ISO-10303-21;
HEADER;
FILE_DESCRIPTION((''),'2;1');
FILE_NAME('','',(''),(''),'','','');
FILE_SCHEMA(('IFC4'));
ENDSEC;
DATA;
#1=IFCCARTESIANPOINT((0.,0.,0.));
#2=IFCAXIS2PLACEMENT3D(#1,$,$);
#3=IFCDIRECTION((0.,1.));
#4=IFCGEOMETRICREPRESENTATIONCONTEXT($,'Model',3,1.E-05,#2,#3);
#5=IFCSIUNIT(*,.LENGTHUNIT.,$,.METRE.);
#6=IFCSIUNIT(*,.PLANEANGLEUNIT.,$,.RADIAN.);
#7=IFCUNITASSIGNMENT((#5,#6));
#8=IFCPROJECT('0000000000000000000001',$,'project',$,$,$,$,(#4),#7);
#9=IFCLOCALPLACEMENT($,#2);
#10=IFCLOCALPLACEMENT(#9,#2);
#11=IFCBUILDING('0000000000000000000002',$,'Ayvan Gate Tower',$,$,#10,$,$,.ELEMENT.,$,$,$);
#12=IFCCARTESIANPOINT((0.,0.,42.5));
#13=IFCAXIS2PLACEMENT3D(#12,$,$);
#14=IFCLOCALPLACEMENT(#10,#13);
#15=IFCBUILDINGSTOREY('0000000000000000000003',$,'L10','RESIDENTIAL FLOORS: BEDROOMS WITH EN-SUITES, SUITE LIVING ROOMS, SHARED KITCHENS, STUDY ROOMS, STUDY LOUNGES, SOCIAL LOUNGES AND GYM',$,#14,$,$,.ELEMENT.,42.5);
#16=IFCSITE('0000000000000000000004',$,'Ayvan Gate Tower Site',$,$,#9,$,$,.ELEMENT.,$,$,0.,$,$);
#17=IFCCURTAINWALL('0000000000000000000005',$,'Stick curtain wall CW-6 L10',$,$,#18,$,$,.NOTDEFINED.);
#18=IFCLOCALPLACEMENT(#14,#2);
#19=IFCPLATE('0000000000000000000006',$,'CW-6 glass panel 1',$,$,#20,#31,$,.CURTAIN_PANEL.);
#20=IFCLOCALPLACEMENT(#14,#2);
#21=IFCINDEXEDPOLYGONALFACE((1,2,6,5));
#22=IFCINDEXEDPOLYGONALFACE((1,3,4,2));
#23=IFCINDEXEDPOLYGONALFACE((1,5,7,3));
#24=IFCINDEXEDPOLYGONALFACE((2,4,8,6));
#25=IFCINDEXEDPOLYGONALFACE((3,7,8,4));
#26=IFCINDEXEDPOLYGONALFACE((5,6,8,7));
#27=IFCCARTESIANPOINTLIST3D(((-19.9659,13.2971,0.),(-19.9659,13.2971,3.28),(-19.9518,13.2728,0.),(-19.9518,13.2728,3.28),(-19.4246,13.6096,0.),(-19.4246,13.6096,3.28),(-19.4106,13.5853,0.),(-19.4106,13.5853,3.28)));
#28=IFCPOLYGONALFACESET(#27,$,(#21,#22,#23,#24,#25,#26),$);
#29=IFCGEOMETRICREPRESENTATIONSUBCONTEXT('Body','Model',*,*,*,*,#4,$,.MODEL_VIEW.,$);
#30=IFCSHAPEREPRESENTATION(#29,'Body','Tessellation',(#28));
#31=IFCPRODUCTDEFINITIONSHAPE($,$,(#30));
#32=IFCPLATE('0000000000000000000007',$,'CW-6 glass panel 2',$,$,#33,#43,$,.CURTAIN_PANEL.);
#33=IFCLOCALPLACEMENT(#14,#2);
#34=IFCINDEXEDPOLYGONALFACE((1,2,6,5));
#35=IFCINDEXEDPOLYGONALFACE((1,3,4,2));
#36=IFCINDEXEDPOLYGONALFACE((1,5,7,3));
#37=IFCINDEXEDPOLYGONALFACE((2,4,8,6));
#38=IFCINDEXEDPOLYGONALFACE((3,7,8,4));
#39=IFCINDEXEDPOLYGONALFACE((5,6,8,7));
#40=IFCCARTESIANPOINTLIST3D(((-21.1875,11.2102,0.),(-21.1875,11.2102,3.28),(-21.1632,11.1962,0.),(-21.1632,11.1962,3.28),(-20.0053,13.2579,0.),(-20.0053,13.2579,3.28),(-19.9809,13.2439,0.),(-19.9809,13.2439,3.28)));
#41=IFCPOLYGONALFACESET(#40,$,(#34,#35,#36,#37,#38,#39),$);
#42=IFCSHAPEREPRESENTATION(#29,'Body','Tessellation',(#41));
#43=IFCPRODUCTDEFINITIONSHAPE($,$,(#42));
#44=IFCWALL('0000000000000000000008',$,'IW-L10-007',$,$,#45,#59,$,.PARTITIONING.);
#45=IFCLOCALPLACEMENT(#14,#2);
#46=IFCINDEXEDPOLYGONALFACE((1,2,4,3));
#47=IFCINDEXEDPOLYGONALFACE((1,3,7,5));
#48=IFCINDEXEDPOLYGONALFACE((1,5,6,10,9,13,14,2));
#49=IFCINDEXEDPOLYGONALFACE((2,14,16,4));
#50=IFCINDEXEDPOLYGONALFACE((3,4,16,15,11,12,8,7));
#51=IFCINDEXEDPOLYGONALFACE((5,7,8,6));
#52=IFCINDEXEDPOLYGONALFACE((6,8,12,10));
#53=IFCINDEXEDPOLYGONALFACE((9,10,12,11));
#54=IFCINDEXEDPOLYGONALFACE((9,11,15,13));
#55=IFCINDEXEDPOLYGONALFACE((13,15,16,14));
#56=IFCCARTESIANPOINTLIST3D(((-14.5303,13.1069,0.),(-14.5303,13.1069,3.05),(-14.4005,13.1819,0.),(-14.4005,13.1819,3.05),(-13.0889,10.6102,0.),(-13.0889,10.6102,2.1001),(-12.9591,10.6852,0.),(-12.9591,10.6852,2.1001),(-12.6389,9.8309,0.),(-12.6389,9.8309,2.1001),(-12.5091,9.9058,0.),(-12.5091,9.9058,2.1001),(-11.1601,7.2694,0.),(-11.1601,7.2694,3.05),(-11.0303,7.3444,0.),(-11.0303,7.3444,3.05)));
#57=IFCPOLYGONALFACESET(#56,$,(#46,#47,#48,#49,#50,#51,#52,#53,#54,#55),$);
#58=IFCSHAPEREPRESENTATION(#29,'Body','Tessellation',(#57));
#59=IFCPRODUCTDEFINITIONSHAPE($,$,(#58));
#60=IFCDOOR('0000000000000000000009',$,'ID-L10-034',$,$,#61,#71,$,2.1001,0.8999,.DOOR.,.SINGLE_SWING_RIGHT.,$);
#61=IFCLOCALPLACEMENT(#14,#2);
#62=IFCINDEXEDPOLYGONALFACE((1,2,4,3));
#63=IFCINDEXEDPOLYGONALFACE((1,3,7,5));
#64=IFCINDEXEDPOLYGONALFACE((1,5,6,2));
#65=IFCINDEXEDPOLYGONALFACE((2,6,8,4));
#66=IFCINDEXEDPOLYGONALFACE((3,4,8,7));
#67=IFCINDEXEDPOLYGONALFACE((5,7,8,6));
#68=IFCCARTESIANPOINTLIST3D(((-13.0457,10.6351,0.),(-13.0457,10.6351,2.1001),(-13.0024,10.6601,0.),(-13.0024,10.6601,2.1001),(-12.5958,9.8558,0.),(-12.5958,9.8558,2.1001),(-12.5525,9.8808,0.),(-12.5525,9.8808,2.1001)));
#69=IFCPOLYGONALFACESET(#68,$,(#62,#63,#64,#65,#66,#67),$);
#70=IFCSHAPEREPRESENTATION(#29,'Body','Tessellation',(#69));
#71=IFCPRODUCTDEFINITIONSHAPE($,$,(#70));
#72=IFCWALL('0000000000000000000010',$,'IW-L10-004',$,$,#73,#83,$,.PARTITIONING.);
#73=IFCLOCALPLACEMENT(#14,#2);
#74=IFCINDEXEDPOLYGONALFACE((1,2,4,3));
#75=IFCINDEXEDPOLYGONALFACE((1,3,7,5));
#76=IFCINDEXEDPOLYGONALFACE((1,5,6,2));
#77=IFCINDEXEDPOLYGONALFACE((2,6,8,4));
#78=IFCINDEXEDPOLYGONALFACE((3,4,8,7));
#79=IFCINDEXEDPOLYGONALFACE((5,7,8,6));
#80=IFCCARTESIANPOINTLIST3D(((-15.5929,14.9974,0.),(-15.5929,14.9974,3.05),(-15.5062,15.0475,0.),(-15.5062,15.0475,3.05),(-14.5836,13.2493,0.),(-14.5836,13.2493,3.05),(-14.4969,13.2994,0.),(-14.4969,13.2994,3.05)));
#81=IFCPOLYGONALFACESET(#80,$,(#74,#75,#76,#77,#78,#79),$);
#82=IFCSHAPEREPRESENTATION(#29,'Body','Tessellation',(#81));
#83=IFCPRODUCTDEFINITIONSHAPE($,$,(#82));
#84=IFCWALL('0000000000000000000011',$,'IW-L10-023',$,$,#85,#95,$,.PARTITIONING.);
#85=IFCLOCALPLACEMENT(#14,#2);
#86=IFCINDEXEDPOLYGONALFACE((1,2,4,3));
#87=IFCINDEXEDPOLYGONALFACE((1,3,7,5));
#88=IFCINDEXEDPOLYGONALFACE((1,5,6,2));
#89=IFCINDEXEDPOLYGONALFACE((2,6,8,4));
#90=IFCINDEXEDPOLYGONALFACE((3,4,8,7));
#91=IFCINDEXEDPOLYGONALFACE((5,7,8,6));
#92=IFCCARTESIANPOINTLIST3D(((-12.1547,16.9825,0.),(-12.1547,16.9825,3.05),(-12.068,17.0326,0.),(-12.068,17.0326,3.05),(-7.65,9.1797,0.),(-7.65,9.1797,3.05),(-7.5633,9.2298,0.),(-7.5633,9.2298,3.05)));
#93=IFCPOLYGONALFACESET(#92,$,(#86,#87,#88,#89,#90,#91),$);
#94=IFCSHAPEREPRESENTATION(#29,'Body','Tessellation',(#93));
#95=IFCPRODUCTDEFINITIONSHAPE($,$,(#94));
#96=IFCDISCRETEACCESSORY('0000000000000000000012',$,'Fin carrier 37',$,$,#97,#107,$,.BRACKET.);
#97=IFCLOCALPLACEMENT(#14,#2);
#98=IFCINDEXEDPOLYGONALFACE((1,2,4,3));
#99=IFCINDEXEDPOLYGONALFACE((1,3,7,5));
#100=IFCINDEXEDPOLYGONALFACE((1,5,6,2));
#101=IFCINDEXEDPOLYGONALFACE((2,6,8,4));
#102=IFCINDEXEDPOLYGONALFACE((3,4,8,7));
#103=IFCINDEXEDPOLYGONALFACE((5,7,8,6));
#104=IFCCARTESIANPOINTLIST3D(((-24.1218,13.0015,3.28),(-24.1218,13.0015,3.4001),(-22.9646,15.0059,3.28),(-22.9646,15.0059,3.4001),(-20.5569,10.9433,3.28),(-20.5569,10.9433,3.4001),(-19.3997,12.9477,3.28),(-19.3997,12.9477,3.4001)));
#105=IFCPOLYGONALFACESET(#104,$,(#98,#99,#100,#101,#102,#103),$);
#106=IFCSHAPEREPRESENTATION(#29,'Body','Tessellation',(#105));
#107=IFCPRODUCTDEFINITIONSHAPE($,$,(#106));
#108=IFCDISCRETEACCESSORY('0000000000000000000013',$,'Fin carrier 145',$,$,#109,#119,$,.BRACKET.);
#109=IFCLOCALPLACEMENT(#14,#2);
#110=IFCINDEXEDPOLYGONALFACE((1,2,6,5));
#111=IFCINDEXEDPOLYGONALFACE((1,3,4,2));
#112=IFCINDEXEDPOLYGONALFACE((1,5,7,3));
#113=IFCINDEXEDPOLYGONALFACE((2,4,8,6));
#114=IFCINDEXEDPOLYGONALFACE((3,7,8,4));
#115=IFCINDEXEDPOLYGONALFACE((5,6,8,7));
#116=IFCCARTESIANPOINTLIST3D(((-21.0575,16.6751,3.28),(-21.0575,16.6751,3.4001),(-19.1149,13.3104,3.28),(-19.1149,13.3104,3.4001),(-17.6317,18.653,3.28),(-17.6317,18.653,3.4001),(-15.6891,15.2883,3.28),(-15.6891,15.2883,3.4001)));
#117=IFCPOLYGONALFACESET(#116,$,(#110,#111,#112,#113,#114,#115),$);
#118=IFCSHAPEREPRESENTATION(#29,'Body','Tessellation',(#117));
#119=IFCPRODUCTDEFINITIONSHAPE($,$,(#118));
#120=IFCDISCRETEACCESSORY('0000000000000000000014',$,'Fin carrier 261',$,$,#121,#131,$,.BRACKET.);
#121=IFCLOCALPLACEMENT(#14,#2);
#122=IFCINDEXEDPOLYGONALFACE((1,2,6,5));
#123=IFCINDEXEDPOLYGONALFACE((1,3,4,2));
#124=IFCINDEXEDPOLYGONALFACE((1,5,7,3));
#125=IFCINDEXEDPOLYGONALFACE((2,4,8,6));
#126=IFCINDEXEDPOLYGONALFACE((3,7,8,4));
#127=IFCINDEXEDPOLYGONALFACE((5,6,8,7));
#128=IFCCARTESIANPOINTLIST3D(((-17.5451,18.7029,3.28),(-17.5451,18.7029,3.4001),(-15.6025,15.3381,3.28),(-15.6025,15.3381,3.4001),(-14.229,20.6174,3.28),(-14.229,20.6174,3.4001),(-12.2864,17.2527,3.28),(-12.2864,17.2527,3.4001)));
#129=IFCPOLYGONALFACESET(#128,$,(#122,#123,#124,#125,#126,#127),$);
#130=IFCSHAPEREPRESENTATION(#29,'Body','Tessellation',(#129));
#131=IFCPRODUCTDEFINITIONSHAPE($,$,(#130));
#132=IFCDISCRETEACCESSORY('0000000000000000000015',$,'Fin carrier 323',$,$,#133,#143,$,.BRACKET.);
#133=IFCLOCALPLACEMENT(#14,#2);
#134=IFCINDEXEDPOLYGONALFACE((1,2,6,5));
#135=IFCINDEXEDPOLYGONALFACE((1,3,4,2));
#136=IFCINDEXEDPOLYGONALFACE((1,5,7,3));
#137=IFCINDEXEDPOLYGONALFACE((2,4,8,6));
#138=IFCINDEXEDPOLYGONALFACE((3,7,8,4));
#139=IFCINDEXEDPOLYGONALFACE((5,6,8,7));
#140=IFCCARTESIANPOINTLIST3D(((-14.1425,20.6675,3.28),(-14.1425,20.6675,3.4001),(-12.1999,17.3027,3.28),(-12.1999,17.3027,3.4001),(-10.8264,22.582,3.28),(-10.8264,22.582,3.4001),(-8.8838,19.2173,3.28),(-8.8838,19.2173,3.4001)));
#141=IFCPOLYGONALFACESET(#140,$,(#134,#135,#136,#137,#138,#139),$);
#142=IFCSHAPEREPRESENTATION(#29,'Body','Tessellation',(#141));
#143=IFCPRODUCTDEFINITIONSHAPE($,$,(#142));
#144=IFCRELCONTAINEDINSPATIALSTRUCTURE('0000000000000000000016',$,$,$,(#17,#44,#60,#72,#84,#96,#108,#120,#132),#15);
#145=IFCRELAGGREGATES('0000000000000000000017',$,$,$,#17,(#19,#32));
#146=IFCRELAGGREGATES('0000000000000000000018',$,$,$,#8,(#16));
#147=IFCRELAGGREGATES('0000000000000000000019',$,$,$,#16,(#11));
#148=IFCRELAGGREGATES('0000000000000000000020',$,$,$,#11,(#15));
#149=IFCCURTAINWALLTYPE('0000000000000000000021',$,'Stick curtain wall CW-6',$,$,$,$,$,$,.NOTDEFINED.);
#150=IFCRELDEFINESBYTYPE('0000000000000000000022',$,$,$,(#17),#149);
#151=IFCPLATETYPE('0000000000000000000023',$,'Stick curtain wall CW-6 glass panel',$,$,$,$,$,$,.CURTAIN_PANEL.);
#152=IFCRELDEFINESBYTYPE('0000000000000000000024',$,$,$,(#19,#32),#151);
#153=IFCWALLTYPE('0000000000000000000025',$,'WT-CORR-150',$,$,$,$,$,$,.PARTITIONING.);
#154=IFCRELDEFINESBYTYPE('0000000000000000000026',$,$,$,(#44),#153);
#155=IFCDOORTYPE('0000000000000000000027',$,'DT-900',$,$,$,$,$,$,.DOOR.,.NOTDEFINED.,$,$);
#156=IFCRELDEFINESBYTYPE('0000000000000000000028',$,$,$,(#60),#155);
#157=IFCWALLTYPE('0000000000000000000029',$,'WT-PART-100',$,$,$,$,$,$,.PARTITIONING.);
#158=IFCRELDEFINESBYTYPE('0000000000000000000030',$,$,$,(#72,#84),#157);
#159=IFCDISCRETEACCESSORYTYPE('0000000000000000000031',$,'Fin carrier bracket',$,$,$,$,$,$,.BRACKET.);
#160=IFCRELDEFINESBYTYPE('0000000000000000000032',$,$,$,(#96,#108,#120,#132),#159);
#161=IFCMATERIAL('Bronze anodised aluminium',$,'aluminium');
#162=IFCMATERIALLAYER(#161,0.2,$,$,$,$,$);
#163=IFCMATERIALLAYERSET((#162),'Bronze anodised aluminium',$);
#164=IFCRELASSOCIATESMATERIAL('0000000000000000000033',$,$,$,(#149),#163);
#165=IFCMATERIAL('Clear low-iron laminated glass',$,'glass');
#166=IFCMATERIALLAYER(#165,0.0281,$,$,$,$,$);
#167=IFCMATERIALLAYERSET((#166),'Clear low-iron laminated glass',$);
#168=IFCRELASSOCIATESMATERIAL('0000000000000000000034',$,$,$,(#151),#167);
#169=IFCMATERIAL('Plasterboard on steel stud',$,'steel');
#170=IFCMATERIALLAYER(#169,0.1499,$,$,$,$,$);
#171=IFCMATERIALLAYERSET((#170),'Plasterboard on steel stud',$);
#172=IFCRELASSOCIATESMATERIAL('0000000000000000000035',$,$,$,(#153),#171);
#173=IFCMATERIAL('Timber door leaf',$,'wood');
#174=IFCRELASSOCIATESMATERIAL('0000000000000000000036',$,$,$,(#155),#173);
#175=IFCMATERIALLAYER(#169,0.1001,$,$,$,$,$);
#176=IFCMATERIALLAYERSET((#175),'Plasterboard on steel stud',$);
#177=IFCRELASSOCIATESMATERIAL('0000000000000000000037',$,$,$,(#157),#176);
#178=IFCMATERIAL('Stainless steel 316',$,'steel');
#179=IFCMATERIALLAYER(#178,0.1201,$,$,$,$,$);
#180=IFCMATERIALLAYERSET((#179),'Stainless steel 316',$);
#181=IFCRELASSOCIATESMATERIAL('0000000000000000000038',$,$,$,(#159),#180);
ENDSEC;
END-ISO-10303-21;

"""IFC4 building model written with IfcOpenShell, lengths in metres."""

from ifc_helpers import new_model, si_unit, direction, frame, frame_2d, origin, origin_2d, place, context, subcontext, project, spatial, rectangle, extrude, material, layer, layer_set, type_object, element, fill, aggregate, save


model = new_model("IFC4")

# Units and contexts
model_context = context("Model", 3, precision=1e-05, world=origin(), true_north=direction((0.0, 1.0)))
body_context = subcontext(model_context, "Body", "Model", "MODEL_VIEW")
ifc_project = project(units=[si_unit("LENGTHUNIT", "METRE"), si_unit("PLANEANGLEUNIT", "RADIAN")], contexts=[model_context])

# Site, building, storey
site_placement = place(None, origin())
site = spatial("IfcSite", under=ifc_project, at=site_placement, Name="Ayvan Gate Tower Site", CompositionType="ELEMENT", RefElevation=0.0)
building_placement = place(site_placement, origin())
building = spatial("IfcBuilding", under=site, at=building_placement, Name="Ayvan Gate Tower", CompositionType="ELEMENT")
storey_placement = place(building_placement, frame((0.0, 0.0, 42.5)))
storey = spatial("IfcBuildingStorey", under=building, at=storey_placement, Name="L10", Description="RESIDENTIAL FLOORS: BEDROOMS WITH EN-SUITES, SUITE LIVING ROOMS, SHARED KITCHENS, STUDY ROOMS, STUDY LOUNGES, SOCIAL LOUNGES AND GYM", CompositionType="ELEMENT", Elevation=42.5)

# Curtain wall
ifc_material_1 = material(Name="Bronze anodised aluminium", Category="aluminium")
ifc_layer_1 = layer(ifc_material_1, 0.2)
ifc_layer_set_1 = layer_set([ifc_layer_1], Name="Bronze anodised aluminium")
curtain_wall_type_1 = type_object("IfcCurtainWallType", Name="Stick curtain wall CW-6", PredefinedType="NOTDEFINED", material=ifc_layer_set_1)
curtain_wall_1_placement = place(storey_placement, origin())
curtain_wall_1 = element("IfcCurtainWall", 1, at=curtain_wall_1_placement, inside=storey, type_object=curtain_wall_type_1, Name="Stick curtain wall CW-6 L10", PredefinedType="NOTDEFINED")

# Plates
ifc_material_2 = material(Name="Clear low-iron laminated glass", Category="glass")
ifc_layer_2 = layer(ifc_material_2, 0.0281)
ifc_layer_set_2 = layer_set([ifc_layer_2], Name="Clear low-iron laminated glass")
plate_type_1 = type_object("IfcPlateType", Name="Stick curtain wall CW-6 glass panel", PredefinedType="CURTAIN_PANEL", material=ifc_layer_set_2)
plate_1_placement = place(storey_placement, frame((-19.6882, 13.4412, 0.0), z_axis=(0.0, 0.0, 1.0), x_axis=(-0.866025, -0.5, 0.0)))
plate_1 = element("IfcPlate", 2, at=plate_1_placement, type_object=plate_type_1, Name="CW-6 glass panel 1", PredefinedType="CURTAIN_PANEL", context=body_context, shape_type="SweptSolid", body=[
    extrude(rectangle(XDim=0.625, YDim=0.0281, at=origin_2d()), origin(), (0.0, 0.0, 1.0), 3.28),
])
plate_2_placement = place(storey_placement, frame((-20.5842, 12.2271, 0.0), z_axis=(0.0, 0.0, 1.0), x_axis=(-0.5, -0.866025, 0.0)))
plate_2 = element("IfcPlate", 3, at=plate_2_placement, type_object=plate_type_1, Name="CW-6 glass panel 2", PredefinedType="CURTAIN_PANEL", context=body_context, shape_type="SweptSolid", body=[
    extrude(rectangle(XDim=2.3645, YDim=0.0281, at=origin_2d()), origin(), (0.0, 0.0, 1.0), 3.28),
])
aggregate(curtain_wall_1, [plate_1, plate_2])

# Wall, opening, door
ifc_material_3 = material(Name="Plasterboard on steel stud", Category="steel")
ifc_layer_3 = layer(ifc_material_3, 0.1499)
ifc_layer_set_3 = layer_set([ifc_layer_3], Name="Plasterboard on steel stud")
wall_type_1 = type_object("IfcWallType", Name="WT-CORR-150", PredefinedType="PARTITIONING", material=ifc_layer_set_3)
wall_1_placement = place(storey_placement, frame((-14.4653, 13.1443, 0.0), z_axis=(0.0, 0.0, 1.0), x_axis=(0.499988, -0.866032, 0.0)))
wall_1 = element("IfcWall", 4, at=wall_1_placement, inside=storey, type_object=wall_type_1, Name="IW-L10-007", PredefinedType="PARTITIONING", context=body_context, shape_type="SweptSolid", body=[
    extrude(rectangle(XDim=6.7405, YDim=0.1499, at=frame_2d((3.3701, 0.0))), origin(), (0.0, 0.0, 1.0), 3.05),
])
opening_placement = place(wall_1_placement, frame((2.8828, 0.0, 0.0)))
opening = element("IfcOpeningElement", 5, at=opening_placement, cuts=wall_1, PredefinedType="OPENING", context=body_context, shape_type="SweptSolid", body=[
    extrude(rectangle(XDim=0.8999, YDim=2.1001, at=frame_2d((0.45, 1.05))), frame((0.0, 0.085, 0.0), z_axis=(0.0, -1.0, 0.0), x_axis=(1.0, 0.0, 0.0)), (0.0, 0.0, 1.0), 0.1699),
])
ifc_material_4 = material(Name="Timber door leaf", Category="wood")
door_type = type_object("IfcDoorType", Name="DT-900", OperationType="NOTDEFINED", PredefinedType="DOOR", material=ifc_material_4)
door_placement = place(opening_placement, origin())
door = element("IfcDoor", 6, at=door_placement, inside=storey, type_object=door_type, Name="ID-L10-034", OperationType="SINGLE_SWING_RIGHT", OverallHeight=2.1001, OverallWidth=0.8999, PredefinedType="DOOR", context=body_context, shape_type="SweptSolid", body=[
    extrude(rectangle(XDim=0.8999, YDim=2.1001, at=frame_2d((0.45, 1.05))), frame((0.0, 0.0249, 0.0), z_axis=(0.0, -1.0, 0.0), x_axis=(1.0, 0.0, 0.0)), (0.0, 0.0, 1.0), 0.05),
])
fill(opening, door)

# Walls
ifc_layer_4 = layer(ifc_material_3, 0.1001)
ifc_layer_set_4 = layer_set([ifc_layer_4], Name="Plasterboard on steel stud")
wall_type_2 = type_object("IfcWallType", Name="WT-PART-100", PredefinedType="PARTITIONING", material=ifc_layer_set_4)
wall_2_placement = place(storey_placement, frame((-15.5496, 15.0225, 0.0), z_axis=(0.0, 0.0, 1.0), x_axis=(0.500016, -0.866016, 0.0)))
element("IfcWall", 7, at=wall_2_placement, inside=storey, type_object=wall_type_2, Name="IW-L10-004", PredefinedType="PARTITIONING", context=body_context, shape_type="SweptSolid", body=[
    extrude(rectangle(XDim=2.0186, YDim=0.1001, at=frame_2d((1.0093, 0.0))), origin(), (0.0, 0.0, 1.0), 3.05),
])
wall_3_placement = place(storey_placement, frame((-12.1113, 17.0076, 0.0), z_axis=(0.0, 0.0, 1.0), x_axis=(0.499977, -0.866038, 0.0)))
element("IfcWall", 8, at=wall_3_placement, inside=storey, type_object=wall_type_2, Name="IW-L10-023", PredefinedType="PARTITIONING", context=body_context, shape_type="SweptSolid", body=[
    extrude(rectangle(XDim=9.0098, YDim=0.1001, at=frame_2d((4.5049, 0.0))), origin(), (0.0, 0.0, 1.0), 3.05),
])

# Discrete accessories
ifc_material_5 = material(Name="Stainless steel 316", Category="steel")
ifc_layer_5 = layer(ifc_material_5, 0.1201)
ifc_layer_set_5 = layer_set([ifc_layer_5], Name="Stainless steel 316")
discrete_accessory_type = type_object("IfcDiscreteAccessoryType", Name="Fin carrier bracket", PredefinedType="BRACKET", material=ifc_layer_set_5)
discrete_accessory_1_placement = place(storey_placement, frame((-21.7607, 12.9746, 3.28), z_axis=(0.0, 0.0, 1.0), x_axis=(-0.5, -0.866025, 0.0)))
element("IfcDiscreteAccessory", 9, at=discrete_accessory_1_placement, inside=storey, type_object=discrete_accessory_type, Name="Fin carrier 37", PredefinedType="BRACKET", context=body_context, shape_type="SweptSolid", body=[
    extrude(rectangle(XDim=2.3145, YDim=4.1165, at=origin_2d()), origin(), (0.0, 0.0, 1.0), 0.1201),
])
discrete_accessory_2_placement = place(storey_placement, frame((-18.3733, 15.9817, 3.28), z_axis=(0.0, 0.0, 1.0), x_axis=(-0.866025, -0.5, 0.0)))
element("IfcDiscreteAccessory", 10, at=discrete_accessory_2_placement, inside=storey, type_object=discrete_accessory_type, Name="Fin carrier 145", PredefinedType="BRACKET", context=body_context, shape_type="SweptSolid", body=[
    extrude(rectangle(XDim=3.9558, YDim=3.8853, at=origin_2d()), origin(), (0.0, 0.0, 1.0), 0.1201),
])
for number, where, z_axis, x_axis, name in (
    (11, (-14.9158, 17.9778, 3.28), (0.0, 0.0, 1.0), (-0.866025, -0.5, 0.0), "Fin carrier 261"),
    (12, (-11.5132, 19.9424, 3.28), (0.0, 0.0, 1.0), (-0.866025, -0.5, 0.0), "Fin carrier 323"),
):
    element("IfcDiscreteAccessory", number, at=place(storey_placement, frame(where, z_axis=z_axis, x_axis=x_axis)), inside=storey, type_object=discrete_accessory_type, Name=name, PredefinedType="BRACKET", context=body_context, shape_type="SweptSolid", body=[
        extrude(rectangle(XDim=3.8291, YDim=3.8853, at=origin_2d()), origin(), (0.0, 0.0, 1.0), 0.1201),
    ])

save(model, "model.ifc")
